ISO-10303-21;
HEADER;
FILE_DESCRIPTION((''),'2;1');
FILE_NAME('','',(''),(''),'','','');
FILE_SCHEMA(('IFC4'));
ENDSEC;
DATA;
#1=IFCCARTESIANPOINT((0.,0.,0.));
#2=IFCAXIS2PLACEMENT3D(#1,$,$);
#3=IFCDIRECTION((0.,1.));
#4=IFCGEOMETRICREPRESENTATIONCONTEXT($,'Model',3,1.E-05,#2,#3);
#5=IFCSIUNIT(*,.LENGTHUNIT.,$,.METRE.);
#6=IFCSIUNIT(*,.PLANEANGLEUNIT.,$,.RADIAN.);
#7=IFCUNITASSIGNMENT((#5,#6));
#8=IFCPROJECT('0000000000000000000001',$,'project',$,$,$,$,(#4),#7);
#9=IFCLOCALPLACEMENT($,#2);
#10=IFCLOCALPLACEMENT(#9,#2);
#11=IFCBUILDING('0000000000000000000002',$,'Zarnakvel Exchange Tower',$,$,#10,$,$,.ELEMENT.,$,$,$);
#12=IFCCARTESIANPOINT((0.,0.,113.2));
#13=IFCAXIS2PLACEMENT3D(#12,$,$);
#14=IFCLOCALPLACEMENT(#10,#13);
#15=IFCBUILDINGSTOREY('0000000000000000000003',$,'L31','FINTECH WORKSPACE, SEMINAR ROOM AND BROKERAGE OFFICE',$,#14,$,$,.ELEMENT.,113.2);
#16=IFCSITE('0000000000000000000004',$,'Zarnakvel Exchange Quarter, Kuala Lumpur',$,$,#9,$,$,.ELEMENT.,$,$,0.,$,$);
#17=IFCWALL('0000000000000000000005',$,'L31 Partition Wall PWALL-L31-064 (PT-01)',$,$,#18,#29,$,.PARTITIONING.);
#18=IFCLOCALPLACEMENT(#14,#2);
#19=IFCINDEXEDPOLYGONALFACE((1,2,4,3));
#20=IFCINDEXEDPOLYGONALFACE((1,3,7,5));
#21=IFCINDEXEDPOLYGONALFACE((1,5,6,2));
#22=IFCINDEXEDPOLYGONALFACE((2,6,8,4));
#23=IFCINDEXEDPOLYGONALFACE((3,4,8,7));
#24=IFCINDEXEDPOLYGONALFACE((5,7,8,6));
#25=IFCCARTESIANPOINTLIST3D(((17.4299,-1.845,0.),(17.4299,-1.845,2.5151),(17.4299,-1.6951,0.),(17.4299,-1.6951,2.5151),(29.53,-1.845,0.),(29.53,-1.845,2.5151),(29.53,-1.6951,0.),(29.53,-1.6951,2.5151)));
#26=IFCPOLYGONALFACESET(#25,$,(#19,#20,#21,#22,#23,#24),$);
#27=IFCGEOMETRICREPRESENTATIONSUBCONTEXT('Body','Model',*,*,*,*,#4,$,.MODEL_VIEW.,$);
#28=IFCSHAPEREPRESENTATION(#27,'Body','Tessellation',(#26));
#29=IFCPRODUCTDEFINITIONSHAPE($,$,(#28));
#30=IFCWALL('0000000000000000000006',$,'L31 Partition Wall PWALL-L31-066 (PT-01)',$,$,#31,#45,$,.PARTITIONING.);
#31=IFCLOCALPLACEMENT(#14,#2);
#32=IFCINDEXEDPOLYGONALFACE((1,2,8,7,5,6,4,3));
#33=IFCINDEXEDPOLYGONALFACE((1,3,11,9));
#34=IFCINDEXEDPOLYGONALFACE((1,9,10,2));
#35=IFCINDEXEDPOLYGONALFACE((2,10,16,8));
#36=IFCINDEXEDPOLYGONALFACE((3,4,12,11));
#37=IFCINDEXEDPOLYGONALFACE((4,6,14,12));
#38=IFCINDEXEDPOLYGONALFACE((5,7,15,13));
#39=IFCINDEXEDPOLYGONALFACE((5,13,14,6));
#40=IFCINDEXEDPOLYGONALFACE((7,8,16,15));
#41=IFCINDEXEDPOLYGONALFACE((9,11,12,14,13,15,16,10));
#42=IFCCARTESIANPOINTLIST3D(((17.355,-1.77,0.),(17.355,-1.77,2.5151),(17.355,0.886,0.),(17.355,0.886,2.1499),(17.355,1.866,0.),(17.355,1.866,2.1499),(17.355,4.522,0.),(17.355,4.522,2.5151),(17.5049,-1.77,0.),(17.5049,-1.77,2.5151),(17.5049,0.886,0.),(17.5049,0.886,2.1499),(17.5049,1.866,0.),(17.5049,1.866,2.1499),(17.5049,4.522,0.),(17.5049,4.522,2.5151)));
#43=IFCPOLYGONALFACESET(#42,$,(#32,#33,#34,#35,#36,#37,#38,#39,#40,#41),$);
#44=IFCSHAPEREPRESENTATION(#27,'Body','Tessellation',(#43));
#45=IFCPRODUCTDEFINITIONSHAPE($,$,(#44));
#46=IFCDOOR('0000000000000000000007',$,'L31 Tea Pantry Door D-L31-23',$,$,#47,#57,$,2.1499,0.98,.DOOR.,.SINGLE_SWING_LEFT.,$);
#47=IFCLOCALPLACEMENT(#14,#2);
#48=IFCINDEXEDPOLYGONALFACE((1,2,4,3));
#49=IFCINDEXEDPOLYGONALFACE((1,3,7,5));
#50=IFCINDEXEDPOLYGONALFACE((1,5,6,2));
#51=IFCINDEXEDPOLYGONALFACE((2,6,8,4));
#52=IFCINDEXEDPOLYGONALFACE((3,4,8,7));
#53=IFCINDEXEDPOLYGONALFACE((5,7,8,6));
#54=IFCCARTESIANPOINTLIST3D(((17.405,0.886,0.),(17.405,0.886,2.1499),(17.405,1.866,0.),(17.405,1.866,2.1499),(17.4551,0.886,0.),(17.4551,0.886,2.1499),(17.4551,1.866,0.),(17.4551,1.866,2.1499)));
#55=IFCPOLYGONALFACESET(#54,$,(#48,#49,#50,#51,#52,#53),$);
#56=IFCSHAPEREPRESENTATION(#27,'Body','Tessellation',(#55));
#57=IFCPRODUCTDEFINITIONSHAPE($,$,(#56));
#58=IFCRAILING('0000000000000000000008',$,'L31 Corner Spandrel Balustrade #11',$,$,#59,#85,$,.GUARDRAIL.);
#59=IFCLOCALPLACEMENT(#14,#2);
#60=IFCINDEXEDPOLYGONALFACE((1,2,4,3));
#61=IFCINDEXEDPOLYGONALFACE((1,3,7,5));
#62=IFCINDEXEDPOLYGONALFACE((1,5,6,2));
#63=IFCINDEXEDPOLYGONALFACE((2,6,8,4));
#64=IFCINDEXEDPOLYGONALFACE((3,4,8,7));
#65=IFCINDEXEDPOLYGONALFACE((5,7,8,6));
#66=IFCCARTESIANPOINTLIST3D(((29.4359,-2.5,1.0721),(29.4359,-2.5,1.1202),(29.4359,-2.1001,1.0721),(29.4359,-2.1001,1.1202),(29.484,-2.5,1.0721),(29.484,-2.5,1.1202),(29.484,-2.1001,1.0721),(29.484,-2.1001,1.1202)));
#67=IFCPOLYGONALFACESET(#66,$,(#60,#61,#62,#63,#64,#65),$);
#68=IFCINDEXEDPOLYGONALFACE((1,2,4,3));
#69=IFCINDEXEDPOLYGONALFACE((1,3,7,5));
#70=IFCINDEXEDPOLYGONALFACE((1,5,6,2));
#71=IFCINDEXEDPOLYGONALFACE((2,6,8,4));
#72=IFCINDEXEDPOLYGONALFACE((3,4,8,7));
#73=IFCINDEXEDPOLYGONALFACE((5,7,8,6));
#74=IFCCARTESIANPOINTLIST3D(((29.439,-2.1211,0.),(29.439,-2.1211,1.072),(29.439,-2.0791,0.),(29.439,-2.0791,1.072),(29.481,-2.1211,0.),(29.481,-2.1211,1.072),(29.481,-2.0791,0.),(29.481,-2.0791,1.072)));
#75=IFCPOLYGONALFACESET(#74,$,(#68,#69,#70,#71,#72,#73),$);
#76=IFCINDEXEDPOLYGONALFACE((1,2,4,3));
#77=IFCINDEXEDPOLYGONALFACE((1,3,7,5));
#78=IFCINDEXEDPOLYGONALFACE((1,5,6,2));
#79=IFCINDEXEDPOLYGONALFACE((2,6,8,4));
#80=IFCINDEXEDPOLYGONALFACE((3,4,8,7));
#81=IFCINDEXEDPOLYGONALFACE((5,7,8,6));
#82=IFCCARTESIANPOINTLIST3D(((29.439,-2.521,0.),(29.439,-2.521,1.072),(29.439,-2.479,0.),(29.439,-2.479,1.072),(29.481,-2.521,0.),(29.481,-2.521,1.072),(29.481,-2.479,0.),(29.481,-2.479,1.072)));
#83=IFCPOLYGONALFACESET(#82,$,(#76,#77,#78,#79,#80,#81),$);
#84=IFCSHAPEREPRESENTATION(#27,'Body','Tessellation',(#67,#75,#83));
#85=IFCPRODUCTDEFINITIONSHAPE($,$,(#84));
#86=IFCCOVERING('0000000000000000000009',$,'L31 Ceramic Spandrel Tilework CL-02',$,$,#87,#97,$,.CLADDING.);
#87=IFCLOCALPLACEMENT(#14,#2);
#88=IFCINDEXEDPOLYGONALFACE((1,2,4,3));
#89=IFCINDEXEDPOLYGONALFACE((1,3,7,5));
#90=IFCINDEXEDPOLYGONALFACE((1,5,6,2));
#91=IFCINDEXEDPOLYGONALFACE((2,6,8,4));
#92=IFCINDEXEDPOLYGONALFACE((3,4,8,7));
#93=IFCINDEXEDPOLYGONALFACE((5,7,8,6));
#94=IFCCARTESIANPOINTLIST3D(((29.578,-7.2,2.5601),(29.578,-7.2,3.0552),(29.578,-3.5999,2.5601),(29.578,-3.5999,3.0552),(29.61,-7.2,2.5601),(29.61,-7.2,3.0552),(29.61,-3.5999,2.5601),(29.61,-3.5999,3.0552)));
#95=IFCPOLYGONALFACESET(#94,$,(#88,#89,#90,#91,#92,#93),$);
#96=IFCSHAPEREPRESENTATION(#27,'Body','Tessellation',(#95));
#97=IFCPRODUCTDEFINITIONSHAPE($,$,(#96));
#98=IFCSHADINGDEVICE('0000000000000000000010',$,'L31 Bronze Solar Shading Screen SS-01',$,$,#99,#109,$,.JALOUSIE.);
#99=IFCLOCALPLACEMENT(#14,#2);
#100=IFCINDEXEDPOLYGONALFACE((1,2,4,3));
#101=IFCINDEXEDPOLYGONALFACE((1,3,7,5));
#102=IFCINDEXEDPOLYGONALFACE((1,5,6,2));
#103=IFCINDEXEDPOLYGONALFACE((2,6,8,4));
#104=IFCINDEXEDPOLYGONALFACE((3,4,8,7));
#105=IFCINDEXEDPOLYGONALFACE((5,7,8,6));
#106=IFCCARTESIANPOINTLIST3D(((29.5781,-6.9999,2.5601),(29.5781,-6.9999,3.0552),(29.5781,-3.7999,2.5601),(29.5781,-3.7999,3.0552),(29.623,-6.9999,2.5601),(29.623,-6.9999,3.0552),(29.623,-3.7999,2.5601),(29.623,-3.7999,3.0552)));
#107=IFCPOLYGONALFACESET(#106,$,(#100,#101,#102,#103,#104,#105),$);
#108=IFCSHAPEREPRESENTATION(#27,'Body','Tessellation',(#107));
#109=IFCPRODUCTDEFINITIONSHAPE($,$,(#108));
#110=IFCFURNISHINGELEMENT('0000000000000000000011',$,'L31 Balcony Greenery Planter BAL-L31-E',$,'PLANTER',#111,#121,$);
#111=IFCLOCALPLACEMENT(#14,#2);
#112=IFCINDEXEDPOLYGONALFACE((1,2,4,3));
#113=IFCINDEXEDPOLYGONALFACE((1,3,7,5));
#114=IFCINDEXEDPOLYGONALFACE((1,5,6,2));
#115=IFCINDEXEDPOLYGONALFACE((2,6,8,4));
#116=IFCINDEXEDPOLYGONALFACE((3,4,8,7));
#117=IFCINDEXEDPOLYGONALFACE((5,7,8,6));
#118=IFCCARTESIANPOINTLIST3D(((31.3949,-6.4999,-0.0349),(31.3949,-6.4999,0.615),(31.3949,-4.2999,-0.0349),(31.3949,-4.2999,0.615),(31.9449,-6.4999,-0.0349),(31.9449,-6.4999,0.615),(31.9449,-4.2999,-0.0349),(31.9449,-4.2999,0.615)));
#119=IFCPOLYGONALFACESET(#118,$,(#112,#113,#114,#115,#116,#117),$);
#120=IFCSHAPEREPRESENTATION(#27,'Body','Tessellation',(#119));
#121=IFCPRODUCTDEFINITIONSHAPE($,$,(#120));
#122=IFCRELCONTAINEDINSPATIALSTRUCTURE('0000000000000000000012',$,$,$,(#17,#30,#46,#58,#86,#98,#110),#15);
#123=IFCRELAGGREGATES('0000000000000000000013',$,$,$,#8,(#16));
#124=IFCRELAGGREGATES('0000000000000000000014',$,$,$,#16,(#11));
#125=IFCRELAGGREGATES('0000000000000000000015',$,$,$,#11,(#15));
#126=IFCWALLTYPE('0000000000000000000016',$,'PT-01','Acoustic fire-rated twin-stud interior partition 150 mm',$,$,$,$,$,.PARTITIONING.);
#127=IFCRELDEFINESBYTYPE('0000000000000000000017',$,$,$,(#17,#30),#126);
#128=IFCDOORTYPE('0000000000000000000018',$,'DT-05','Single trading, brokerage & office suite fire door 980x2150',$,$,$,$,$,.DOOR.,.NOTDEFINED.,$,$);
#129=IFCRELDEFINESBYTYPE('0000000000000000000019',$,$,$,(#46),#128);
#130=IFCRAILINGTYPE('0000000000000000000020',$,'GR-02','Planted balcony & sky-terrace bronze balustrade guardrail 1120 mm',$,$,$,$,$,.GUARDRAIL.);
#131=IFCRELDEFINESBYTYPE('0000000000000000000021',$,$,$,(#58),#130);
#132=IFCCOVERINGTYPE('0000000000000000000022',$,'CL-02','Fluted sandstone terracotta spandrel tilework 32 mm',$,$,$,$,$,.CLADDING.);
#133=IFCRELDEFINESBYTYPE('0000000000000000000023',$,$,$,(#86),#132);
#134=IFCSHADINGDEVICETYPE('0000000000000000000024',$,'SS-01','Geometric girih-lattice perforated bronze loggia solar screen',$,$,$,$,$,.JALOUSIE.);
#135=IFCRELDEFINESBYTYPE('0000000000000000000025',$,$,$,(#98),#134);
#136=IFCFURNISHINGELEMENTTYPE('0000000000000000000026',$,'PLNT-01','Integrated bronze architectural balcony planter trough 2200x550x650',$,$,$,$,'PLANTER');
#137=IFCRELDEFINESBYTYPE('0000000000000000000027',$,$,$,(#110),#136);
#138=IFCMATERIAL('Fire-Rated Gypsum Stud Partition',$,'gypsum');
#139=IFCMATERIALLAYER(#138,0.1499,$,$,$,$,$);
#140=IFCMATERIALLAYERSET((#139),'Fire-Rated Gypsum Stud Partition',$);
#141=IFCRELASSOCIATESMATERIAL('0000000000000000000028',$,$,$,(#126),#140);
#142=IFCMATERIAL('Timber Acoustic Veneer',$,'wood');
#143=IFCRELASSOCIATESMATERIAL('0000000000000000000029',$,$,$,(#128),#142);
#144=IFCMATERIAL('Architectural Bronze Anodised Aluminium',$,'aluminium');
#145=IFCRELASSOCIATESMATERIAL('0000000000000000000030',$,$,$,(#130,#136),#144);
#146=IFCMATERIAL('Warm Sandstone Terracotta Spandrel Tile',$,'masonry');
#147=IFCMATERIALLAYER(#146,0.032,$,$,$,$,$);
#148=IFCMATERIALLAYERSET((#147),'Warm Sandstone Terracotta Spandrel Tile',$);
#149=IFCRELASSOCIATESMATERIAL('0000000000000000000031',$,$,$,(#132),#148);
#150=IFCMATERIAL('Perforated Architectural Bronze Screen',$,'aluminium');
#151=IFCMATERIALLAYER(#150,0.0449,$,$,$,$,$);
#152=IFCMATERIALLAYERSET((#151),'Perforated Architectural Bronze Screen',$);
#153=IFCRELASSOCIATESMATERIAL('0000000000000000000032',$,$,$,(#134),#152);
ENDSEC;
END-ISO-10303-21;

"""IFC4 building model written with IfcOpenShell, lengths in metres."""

from ifc_helpers import new_model, si_unit, direction, frame, frame_2d, origin, origin_2d, place, context, subcontext, project, spatial, rectangle, extrude, source, transform, mapped, material, layer, layer_set, type_object, element, fill, save


model = new_model("IFC4")

# Units and contexts
model_context = context("Model", 3, precision=1e-05, world=origin(), true_north=direction((0.0, 1.0)))
body_context = subcontext(model_context, "Body", "Model", "MODEL_VIEW")
ifc_project = project(units=[si_unit("LENGTHUNIT", "METRE"), si_unit("PLANEANGLEUNIT", "RADIAN")], contexts=[model_context])

# Site, building, storey
site_placement = place(None, origin())
site = spatial("IfcSite", under=ifc_project, at=site_placement, Name="Zarnakvel Exchange Quarter, Kuala Lumpur", CompositionType="ELEMENT", RefElevation=0.0)
building_placement = place(site_placement, origin())
building = spatial("IfcBuilding", under=site, at=building_placement, Name="Zarnakvel Exchange Tower", CompositionType="ELEMENT")
storey_placement = place(building_placement, frame((0.0, 0.0, 113.2)))
storey = spatial("IfcBuildingStorey", under=building, at=storey_placement, Name="L31", Description="FINTECH WORKSPACE, SEMINAR ROOM AND BROKERAGE OFFICE", CompositionType="ELEMENT", Elevation=113.2)

# Shared definitions
ifc_material_1 = material(Name="Architectural Bronze Anodised Aluminium", Category="aluminium")

# Wall
ifc_material_2 = material(Name="Fire-Rated Gypsum Stud Partition", Category="gypsum")
ifc_layer_1 = layer(ifc_material_2, 0.1499)
ifc_layer_set_1 = layer_set([ifc_layer_1], Name="Fire-Rated Gypsum Stud Partition")
wall_type_1 = type_object("IfcWallType", Name="PT-01", Description="Acoustic fire-rated twin-stud interior partition 150 mm", PredefinedType="PARTITIONING", material=ifc_layer_set_1)
wall_1_placement = place(storey_placement, frame((29.53, -1.77, 0.0), z_axis=(0.0, 0.0, 1.0), x_axis=(-1.0, 0.0, 0.0)))
element("IfcWall", 1, at=wall_1_placement, inside=storey, type_object=wall_type_1, Name="L31 Partition Wall PWALL-L31-064 (PT-01)", PredefinedType="PARTITIONING", context=body_context, shape_type="SweptSolid", body=[
    extrude(rectangle(XDim=12.1001, YDim=0.1499, at=frame_2d((6.05, 0.0))), origin(), (0.0, 0.0, 1.0), 2.5151),
])

# Wall, opening, door
wall_2_placement = place(storey_placement, frame((17.4299, -1.77, 0.0), z_axis=(0.0, 0.0, 1.0), x_axis=(0.0, 1.0, 0.0)))
wall_2 = element("IfcWall", 2, at=wall_2_placement, inside=storey, type_object=wall_type_1, Name="L31 Partition Wall PWALL-L31-066 (PT-01)", PredefinedType="PARTITIONING", context=body_context, shape_type="SweptSolid", body=[
    extrude(rectangle(XDim=6.292, YDim=0.1499, at=frame_2d((3.146, 0.0))), origin(), (0.0, 0.0, 1.0), 2.5151),
])
opening_1_placement = place(wall_2_placement, frame((2.656, 0.0, 0.0)))
opening_1 = element("IfcOpeningElement", 3, at=opening_1_placement, cuts=wall_2, PredefinedType="OPENING", context=body_context, shape_type="SweptSolid", body=[
    extrude(rectangle(XDim=0.98, YDim=2.1499, at=frame_2d((0.49, 1.075))), frame((0.0, 0.085, 0.0), z_axis=(0.0, -1.0, 0.0), x_axis=(1.0, 0.0, 0.0)), (0.0, 0.0, 1.0), 0.1699),
])
ifc_material_3 = material(Name="Timber Acoustic Veneer", Category="wood")
door_type_1 = type_object("IfcDoorType", Name="DT-05", Description="Single trading, brokerage & office suite fire door 980x2150", OperationType="NOTDEFINED", PredefinedType="DOOR", material=ifc_material_3)
shared_shape_1 = source(origin(), body_context, "Body", "SweptSolid", [
    extrude(rectangle(XDim=0.98, YDim=2.1499, at=frame_2d((0.49, 1.075))), frame((0.0, 0.0249, 0.0), z_axis=(0.0, -1.0, 0.0), x_axis=(1.0, 0.0, 0.0)), (0.0, 0.0, 1.0), 0.05),
])
door_1_placement = place(opening_1_placement, origin())
door_1 = element("IfcDoor", 4, at=door_1_placement, inside=storey, type_object=door_type_1, Name="L31 Tea Pantry Door D-L31-23", OperationType="SINGLE_SWING_LEFT", OverallHeight=2.1499, OverallWidth=0.98, PredefinedType="DOOR", context=body_context, shape_type="MappedRepresentation", body=[
    mapped(shared_shape_1, transform((0.0, 0.0, 0.0), x_axis=(1.0, 0.0, 0.0), y_axis=(0.0, 1.0, 0.0), z_axis=(0.0, 0.0, 1.0), scale=1.0)),
])
fill(opening_1, door_1)

# Railing
railing_type = type_object("IfcRailingType", Name="GR-02", Description="Planted balcony & sky-terrace bronze balustrade guardrail 1120 mm", PredefinedType="GUARDRAIL", material=ifc_material_1)
railing_placement = place(storey_placement, frame((29.46, -2.1001, 0.0)))
element("IfcRailing", 5, at=railing_placement, inside=storey, type_object=railing_type, Name="L31 Corner Spandrel Balustrade #11", PredefinedType="GUARDRAIL", context=body_context, shape_type="SweptSolid", body=[
    extrude(rectangle(XDim=0.0481, YDim=0.0481, at=origin_2d()), frame((0.0, 0.0, 1.0962), z_axis=(0.0, -1.0, 0.0), x_axis=(1.0, 0.0, 0.0)), (0.0, 0.0, 1.0), 0.3999),
    extrude(rectangle(XDim=0.042, YDim=0.042, at=origin_2d()), origin(), (0.0, 0.0, 1.0), 1.072),
    extrude(rectangle(XDim=0.042, YDim=0.042, at=origin_2d()), frame((0.0, -0.3999, 0.0)), (0.0, 0.0, 1.0), 1.072),
])

# Covering
ifc_material_4 = material(Name="Warm Sandstone Terracotta Spandrel Tile", Category="masonry")
ifc_layer_2 = layer(ifc_material_4, 0.032)
ifc_layer_set_2 = layer_set([ifc_layer_2], Name="Warm Sandstone Terracotta Spandrel Tile")
covering_type = type_object("IfcCoveringType", Name="CL-02", Description="Fluted sandstone terracotta spandrel tilework 32 mm", PredefinedType="CLADDING", material=ifc_layer_set_2)
shared_shape_2 = source(origin(), body_context, "Body", "SweptSolid", [
    extrude(rectangle(XDim=3.6001, YDim=0.032, at=origin_2d()), origin(), (0.0, 0.0, 1.0), 0.4951),
])
covering_placement = place(storey_placement, frame((29.594, -5.3999, 2.5601), z_axis=(0.0, 0.0, 1.0), x_axis=(0.0, -1.0, 0.0)))
element("IfcCovering", 6, at=covering_placement, inside=storey, type_object=covering_type, Name="L31 Ceramic Spandrel Tilework CL-02", PredefinedType="CLADDING", context=body_context, shape_type="MappedRepresentation", body=[
    mapped(shared_shape_2, transform((0.0, 0.0, 0.0), x_axis=(1.0, 0.0, 0.0), y_axis=(0.0, 1.0, 0.0), z_axis=(0.0, 0.0, 1.0), scale=1.0)),
])

# Shading device
ifc_material_5 = material(Name="Perforated Architectural Bronze Screen", Category="aluminium")
ifc_layer_3 = layer(ifc_material_5, 0.0449)
ifc_layer_set_3 = layer_set([ifc_layer_3], Name="Perforated Architectural Bronze Screen")
shading_device_type = type_object("IfcShadingDeviceType", Name="SS-01", Description="Geometric girih-lattice perforated bronze loggia solar screen", PredefinedType="JALOUSIE", material=ifc_layer_set_3)
shared_shape_3 = source(origin(), body_context, "Body", "SweptSolid", [
    extrude(rectangle(XDim=3.2, YDim=0.0449, at=origin_2d()), origin(), (0.0, 0.0, 1.0), 0.4951),
])
shading_device_placement = place(storey_placement, frame((29.6006, -5.3999, 2.5601), z_axis=(0.0, 0.0, 1.0), x_axis=(0.0, -1.0, 0.0)))
element("IfcShadingDevice", 7, at=shading_device_placement, inside=storey, type_object=shading_device_type, Name="L31 Bronze Solar Shading Screen SS-01", PredefinedType="JALOUSIE", context=body_context, shape_type="MappedRepresentation", body=[
    mapped(shared_shape_3, transform((0.0, 0.0, 0.0), x_axis=(1.0, 0.0, 0.0), y_axis=(0.0, 1.0, 0.0), z_axis=(0.0, 0.0, 1.0), scale=1.0)),
])

# Furnishing element
furnishing_element_type = type_object("IfcFurnishingElementType", Name="PLNT-01", Description="Integrated bronze architectural balcony planter trough 2200x550x650", ElementType="PLANTER", material=ifc_material_1)
shared_shape_4 = source(origin(), body_context, "Body", "SweptSolid", [
    extrude(rectangle(XDim=2.2, YDim=0.55, at=origin_2d()), origin(), (0.0, 0.0, 1.0), 0.6499),
])
furnishing_placement = place(storey_placement, frame((31.6699, -5.3999, -0.0349), z_axis=(0.0, 0.0, 1.0), x_axis=(0.0, 1.0, 0.0)))
element("IfcFurnishingElement", 8, at=furnishing_placement, inside=storey, type_object=furnishing_element_type, Name="L31 Balcony Greenery Planter BAL-L31-E", ObjectType="PLANTER", context=body_context, shape_type="MappedRepresentation", body=[
    mapped(shared_shape_4, transform((0.0, 0.0, 0.0), x_axis=(1.0, 0.0, 0.0), y_axis=(0.0, 1.0, 0.0), z_axis=(0.0, 0.0, 1.0), scale=1.0)),
])

save(model, "model.ifc")
